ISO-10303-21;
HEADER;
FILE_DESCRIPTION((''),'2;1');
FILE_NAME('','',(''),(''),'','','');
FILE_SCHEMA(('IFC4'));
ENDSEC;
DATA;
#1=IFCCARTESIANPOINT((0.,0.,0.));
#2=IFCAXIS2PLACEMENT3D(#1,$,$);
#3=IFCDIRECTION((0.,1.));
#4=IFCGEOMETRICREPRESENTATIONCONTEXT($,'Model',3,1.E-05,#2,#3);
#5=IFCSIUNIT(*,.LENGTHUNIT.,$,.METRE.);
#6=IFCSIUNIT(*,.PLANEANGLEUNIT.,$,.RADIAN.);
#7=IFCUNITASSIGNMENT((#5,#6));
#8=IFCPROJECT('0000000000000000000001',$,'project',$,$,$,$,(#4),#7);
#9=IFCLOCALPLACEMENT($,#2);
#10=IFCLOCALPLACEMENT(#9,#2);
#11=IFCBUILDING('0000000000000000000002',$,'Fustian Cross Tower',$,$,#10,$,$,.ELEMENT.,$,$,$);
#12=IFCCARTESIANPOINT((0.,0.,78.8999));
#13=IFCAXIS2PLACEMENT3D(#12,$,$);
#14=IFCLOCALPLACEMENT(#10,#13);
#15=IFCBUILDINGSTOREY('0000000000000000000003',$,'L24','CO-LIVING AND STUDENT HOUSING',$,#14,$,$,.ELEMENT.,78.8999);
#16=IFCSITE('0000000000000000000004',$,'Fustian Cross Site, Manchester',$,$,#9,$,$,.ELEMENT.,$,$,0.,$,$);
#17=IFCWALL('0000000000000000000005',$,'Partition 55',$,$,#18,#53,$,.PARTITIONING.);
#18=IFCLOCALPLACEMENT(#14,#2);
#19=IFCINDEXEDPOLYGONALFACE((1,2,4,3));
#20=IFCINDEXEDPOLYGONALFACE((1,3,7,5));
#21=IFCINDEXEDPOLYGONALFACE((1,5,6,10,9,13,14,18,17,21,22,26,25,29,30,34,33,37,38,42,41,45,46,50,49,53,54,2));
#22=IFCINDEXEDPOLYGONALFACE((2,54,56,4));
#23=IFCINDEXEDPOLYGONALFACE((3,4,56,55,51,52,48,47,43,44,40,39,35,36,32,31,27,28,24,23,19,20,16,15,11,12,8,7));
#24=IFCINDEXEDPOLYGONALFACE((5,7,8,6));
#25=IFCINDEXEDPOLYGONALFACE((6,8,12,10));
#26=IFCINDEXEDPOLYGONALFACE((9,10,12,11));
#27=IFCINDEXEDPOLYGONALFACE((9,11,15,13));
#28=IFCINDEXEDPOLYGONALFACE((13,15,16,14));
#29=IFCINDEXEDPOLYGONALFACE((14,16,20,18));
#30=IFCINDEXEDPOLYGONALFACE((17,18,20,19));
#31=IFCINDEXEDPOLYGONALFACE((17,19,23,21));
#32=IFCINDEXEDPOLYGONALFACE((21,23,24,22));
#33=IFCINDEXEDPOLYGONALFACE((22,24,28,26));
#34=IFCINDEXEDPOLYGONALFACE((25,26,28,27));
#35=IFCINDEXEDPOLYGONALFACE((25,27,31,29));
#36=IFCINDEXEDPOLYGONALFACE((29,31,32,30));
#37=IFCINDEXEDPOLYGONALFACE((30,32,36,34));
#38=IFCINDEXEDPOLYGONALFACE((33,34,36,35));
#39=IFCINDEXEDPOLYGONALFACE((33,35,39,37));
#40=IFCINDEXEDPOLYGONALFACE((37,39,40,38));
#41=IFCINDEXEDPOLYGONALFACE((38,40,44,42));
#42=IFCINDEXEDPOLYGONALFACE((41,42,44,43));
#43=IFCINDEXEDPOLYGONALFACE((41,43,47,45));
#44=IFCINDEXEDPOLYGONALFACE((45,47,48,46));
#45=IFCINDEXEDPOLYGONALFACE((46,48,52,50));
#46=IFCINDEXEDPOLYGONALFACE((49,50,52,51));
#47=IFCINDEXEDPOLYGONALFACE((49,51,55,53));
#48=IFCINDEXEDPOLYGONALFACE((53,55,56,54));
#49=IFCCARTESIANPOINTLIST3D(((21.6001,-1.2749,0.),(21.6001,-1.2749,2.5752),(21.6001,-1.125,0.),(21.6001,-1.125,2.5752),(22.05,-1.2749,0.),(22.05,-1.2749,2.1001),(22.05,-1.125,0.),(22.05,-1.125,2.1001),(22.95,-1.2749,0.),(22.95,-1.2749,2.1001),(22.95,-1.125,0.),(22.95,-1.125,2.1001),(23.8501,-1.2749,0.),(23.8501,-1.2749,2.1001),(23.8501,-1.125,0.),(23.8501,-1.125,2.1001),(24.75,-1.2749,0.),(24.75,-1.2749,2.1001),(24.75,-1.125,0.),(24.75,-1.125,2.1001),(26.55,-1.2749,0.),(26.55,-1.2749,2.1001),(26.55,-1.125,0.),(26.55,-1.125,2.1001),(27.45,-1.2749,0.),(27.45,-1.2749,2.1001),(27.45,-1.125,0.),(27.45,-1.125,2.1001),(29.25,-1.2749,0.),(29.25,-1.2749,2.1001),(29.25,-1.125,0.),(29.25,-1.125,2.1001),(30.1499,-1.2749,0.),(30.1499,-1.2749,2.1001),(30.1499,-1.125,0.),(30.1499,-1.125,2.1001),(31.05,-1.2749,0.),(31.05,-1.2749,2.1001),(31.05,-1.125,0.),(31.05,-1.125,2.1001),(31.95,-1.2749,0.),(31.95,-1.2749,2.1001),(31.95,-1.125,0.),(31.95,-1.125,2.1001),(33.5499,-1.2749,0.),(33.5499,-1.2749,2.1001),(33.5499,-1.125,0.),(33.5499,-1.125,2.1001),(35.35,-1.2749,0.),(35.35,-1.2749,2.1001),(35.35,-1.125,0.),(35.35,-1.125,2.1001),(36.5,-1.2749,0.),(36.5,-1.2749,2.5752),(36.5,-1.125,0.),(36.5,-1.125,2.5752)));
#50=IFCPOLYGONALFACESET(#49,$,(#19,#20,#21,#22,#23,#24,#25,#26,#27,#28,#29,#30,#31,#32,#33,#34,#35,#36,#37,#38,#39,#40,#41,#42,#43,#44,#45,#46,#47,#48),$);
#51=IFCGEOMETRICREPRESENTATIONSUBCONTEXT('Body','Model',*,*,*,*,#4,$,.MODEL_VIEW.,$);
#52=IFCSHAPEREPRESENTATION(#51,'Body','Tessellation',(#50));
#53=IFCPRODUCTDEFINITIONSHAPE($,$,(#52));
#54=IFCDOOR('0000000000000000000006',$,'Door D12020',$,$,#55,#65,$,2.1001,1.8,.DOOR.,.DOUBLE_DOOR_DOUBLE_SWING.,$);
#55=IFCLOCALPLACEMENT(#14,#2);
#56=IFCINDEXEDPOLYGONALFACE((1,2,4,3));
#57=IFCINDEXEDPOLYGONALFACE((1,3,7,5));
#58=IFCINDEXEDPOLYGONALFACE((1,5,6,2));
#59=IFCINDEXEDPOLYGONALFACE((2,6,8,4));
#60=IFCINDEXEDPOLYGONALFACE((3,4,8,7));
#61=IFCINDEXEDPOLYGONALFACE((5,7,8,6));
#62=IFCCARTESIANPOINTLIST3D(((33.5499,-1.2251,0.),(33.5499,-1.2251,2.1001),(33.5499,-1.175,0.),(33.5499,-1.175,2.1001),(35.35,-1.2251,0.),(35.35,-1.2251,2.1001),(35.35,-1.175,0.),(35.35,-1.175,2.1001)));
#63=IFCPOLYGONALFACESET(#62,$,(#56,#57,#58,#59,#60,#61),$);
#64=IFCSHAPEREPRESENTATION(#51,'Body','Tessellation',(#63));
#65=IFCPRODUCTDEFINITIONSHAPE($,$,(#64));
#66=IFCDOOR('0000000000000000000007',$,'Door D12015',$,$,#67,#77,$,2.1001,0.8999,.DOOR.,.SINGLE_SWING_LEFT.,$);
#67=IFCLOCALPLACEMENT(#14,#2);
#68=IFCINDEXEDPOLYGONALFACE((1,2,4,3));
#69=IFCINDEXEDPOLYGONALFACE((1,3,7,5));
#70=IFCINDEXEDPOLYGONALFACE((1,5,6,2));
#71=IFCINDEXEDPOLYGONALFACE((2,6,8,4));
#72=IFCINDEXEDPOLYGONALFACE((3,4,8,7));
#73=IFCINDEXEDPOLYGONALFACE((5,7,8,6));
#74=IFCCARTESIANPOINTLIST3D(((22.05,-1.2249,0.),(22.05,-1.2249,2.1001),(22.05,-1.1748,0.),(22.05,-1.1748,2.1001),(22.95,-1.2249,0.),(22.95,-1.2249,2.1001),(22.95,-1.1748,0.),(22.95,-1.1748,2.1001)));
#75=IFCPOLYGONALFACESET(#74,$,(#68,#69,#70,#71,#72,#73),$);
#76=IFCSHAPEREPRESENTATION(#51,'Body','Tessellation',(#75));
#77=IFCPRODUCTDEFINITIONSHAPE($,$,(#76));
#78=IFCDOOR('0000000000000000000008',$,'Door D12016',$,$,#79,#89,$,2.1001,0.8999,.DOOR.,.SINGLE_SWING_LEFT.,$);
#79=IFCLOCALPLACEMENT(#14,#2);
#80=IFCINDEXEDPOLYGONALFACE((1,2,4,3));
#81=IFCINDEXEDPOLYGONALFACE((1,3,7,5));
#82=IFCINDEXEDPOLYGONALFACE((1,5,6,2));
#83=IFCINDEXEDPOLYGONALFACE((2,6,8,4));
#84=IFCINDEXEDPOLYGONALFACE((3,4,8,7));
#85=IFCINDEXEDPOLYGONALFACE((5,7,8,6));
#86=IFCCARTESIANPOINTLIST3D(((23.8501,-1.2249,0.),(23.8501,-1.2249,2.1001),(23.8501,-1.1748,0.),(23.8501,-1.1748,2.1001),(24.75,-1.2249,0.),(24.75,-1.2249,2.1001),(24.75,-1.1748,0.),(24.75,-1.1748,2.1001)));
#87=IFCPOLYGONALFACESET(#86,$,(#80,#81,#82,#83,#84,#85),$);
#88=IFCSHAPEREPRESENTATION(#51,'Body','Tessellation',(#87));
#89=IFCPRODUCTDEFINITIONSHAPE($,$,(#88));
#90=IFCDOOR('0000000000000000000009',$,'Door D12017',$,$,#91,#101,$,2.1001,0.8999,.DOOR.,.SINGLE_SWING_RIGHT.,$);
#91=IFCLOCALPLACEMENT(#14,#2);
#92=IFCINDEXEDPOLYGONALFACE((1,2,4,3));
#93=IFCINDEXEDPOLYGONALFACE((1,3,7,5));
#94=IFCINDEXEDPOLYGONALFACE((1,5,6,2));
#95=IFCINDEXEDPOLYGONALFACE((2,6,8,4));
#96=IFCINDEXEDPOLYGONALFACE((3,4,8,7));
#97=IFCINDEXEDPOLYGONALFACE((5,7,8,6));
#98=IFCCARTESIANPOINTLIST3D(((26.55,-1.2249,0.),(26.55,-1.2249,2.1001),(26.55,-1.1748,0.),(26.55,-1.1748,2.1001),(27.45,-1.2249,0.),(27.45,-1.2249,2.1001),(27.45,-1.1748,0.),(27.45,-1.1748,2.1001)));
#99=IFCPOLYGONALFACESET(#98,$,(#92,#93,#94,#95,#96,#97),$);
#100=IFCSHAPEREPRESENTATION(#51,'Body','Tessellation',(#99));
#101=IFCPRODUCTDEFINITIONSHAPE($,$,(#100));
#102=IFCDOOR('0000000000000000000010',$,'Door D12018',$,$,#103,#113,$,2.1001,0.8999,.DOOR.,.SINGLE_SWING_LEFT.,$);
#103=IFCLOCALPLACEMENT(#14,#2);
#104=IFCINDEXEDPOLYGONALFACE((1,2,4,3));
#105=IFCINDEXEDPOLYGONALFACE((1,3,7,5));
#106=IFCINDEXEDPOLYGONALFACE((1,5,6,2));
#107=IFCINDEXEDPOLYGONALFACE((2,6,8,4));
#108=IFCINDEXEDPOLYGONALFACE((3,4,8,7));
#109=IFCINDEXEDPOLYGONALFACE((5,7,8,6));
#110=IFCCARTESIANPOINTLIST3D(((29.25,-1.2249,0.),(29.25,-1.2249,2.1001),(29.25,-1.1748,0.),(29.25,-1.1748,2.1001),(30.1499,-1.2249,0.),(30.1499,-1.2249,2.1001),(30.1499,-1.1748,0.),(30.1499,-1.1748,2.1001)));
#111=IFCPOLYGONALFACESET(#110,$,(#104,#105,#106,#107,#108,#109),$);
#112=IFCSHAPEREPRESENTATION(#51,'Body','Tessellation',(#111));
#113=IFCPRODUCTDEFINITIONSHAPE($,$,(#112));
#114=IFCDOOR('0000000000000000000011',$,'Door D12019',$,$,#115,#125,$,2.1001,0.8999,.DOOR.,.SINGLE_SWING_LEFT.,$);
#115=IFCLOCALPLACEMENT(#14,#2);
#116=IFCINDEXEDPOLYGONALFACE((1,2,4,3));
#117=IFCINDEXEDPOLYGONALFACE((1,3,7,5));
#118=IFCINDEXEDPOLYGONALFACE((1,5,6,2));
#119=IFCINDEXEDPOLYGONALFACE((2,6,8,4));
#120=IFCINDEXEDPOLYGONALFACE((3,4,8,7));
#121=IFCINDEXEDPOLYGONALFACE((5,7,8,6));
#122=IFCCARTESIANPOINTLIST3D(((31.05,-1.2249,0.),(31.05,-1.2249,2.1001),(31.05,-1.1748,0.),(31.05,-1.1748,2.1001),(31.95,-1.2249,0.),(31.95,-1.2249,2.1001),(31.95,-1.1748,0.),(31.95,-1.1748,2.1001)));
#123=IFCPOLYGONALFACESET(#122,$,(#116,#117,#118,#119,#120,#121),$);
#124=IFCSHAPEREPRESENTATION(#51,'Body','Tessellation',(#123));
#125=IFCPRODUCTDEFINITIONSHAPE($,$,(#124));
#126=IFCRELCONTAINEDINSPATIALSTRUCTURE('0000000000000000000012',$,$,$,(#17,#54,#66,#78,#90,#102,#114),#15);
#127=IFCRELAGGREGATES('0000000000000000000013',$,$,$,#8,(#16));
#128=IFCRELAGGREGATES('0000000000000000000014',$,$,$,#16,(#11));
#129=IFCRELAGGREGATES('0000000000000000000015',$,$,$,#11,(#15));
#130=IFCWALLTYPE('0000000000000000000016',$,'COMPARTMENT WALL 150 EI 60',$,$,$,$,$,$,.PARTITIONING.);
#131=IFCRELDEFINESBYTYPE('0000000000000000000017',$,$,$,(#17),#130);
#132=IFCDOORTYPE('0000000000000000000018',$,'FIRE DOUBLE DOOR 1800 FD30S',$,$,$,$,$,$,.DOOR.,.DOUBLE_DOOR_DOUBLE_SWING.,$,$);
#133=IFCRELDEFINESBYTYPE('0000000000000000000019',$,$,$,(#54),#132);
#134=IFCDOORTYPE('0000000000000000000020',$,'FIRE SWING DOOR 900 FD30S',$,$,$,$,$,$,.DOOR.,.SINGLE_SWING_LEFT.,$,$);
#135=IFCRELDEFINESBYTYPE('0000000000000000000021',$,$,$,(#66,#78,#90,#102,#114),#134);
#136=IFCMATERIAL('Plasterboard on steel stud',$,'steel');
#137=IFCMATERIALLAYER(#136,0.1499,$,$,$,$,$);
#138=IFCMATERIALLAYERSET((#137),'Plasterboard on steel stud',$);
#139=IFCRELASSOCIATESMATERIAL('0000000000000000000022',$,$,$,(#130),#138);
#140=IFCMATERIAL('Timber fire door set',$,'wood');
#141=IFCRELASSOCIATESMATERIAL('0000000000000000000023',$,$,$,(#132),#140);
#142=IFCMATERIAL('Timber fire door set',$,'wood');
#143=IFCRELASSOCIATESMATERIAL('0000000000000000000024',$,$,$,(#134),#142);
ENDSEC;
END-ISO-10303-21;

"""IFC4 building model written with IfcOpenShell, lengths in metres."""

from ifc_helpers import new_model, si_unit, direction, frame, frame_2d, origin, place, context, subcontext, project, spatial, rectangle, extrude, material, layer, layer_set, type_object, element, fill, save


model = new_model("IFC4")

# Units and contexts
model_context = context("Model", 3, precision=1e-05, world=origin(), true_north=direction((0.0, 1.0)))
body_context = subcontext(model_context, "Body", "Model", "MODEL_VIEW")
ifc_project = project(units=[si_unit("LENGTHUNIT", "METRE"), si_unit("PLANEANGLEUNIT", "RADIAN")], contexts=[model_context])

# Site, building, storey
site_placement = place(None, origin())
site = spatial("IfcSite", under=ifc_project, at=site_placement, Name="Fustian Cross Site, Manchester", CompositionType="ELEMENT", RefElevation=0.0)
building_placement = place(site_placement, origin())
building = spatial("IfcBuilding", under=site, at=building_placement, Name="Fustian Cross Tower", CompositionType="ELEMENT")
storey_placement = place(building_placement, frame((0.0, 0.0, 78.8999)))
storey = spatial("IfcBuildingStorey", under=building, at=storey_placement, Name="L24", Description="CO-LIVING AND STUDENT HOUSING", CompositionType="ELEMENT", Elevation=78.8999)

# Wall, openings, doors
ifc_material_1 = material(Name="Plasterboard on steel stud", Category="steel")
ifc_layer_1 = layer(ifc_material_1, 0.1499)
ifc_layer_set_1 = layer_set([ifc_layer_1], Name="Plasterboard on steel stud")
wall_type_1 = type_object("IfcWallType", Name="COMPARTMENT WALL 150 EI 60", PredefinedType="PARTITIONING", material=ifc_layer_set_1)
wall_1_placement = place(storey_placement, frame((21.6001, -1.2, 0.0), z_axis=(0.0, 0.0, 1.0), x_axis=(1.0, 0.0, 0.0)))
wall_1 = element("IfcWall", 1, at=wall_1_placement, inside=storey, type_object=wall_type_1, Name="Partition 55", PredefinedType="PARTITIONING", context=body_context, shape_type="SweptSolid", body=[
    extrude(rectangle(XDim=14.8999, YDim=0.1499, at=frame_2d((7.45, 0.0))), origin(), (0.0, 0.0, 1.0), 2.5752),
])
opening_1_placement = place(wall_1_placement, frame((0.45, 0.0, 0.0)))
opening_1 = element("IfcOpeningElement", 2, at=opening_1_placement, cuts=wall_1, PredefinedType="OPENING", context=body_context, shape_type="SweptSolid", body=[
    extrude(rectangle(XDim=0.8999, YDim=2.1001, at=frame_2d((0.45, 1.05))), frame((0.0, 0.085, 0.0), z_axis=(0.0, -1.0, 0.0), x_axis=(1.0, 0.0, 0.0)), (0.0, 0.0, 1.0), 0.1699),
])
opening_2_placement = place(wall_1_placement, frame((2.25, 0.0, 0.0)))
opening_2 = element("IfcOpeningElement", 3, at=opening_2_placement, cuts=wall_1, PredefinedType="OPENING", context=body_context, shape_type="SweptSolid", body=[
    extrude(rectangle(XDim=0.8999, YDim=2.1001, at=frame_2d((0.45, 1.05))), frame((0.0, 0.085, 0.0), z_axis=(0.0, -1.0, 0.0), x_axis=(1.0, 0.0, 0.0)), (0.0, 0.0, 1.0), 0.1699),
])
opening_3_placement = place(wall_1_placement, frame((4.95, 0.0, 0.0)))
opening_3 = element("IfcOpeningElement", 4, at=opening_3_placement, cuts=wall_1, PredefinedType="OPENING", context=body_context, shape_type="SweptSolid", body=[
    extrude(rectangle(XDim=0.8999, YDim=2.1001, at=frame_2d((0.45, 1.05))), frame((0.0, 0.085, 0.0), z_axis=(0.0, -1.0, 0.0), x_axis=(1.0, 0.0, 0.0)), (0.0, 0.0, 1.0), 0.1699),
])
opening_4_placement = place(wall_1_placement, frame((7.6499, 0.0, 0.0)))
opening_4 = element("IfcOpeningElement", 5, at=opening_4_placement, cuts=wall_1, PredefinedType="OPENING", context=body_context, shape_type="SweptSolid", body=[
    extrude(rectangle(XDim=0.8999, YDim=2.1001, at=frame_2d((0.45, 1.05))), frame((0.0, 0.085, 0.0), z_axis=(0.0, -1.0, 0.0), x_axis=(1.0, 0.0, 0.0)), (0.0, 0.0, 1.0), 0.1699),
])
opening_5_placement = place(wall_1_placement, frame((9.45, 0.0, 0.0)))
opening_5 = element("IfcOpeningElement", 6, at=opening_5_placement, cuts=wall_1, PredefinedType="OPENING", context=body_context, shape_type="SweptSolid", body=[
    extrude(rectangle(XDim=0.8999, YDim=2.1001, at=frame_2d((0.45, 1.05))), frame((0.0, 0.085, 0.0), z_axis=(0.0, -1.0, 0.0), x_axis=(1.0, 0.0, 0.0)), (0.0, 0.0, 1.0), 0.1699),
])
opening_6_placement = place(wall_1_placement, frame((11.95, 0.0, 0.0)))
opening_6 = element("IfcOpeningElement", 7, at=opening_6_placement, cuts=wall_1, PredefinedType="OPENING", context=body_context, shape_type="SweptSolid", body=[
    extrude(rectangle(XDim=1.8, YDim=2.1001, at=frame_2d((0.8999, 1.05))), frame((0.0, 0.085, 0.0), z_axis=(0.0, -1.0, 0.0), x_axis=(1.0, 0.0, 0.0)), (0.0, 0.0, 1.0), 0.1699),
])
ifc_material_2 = material(Name="Timber fire door set", Category="wood")
door_type_1 = type_object("IfcDoorType", Name="FIRE DOUBLE DOOR 1800 FD30S", OperationType="DOUBLE_DOOR_DOUBLE_SWING", PredefinedType="DOOR", material=ifc_material_2)
door_1_placement = place(opening_6_placement, origin())
door_1 = element("IfcDoor", 8, at=door_1_placement, inside=storey, type_object=door_type_1, Name="Door D12020", OperationType="DOUBLE_DOOR_DOUBLE_SWING", OverallHeight=2.1001, OverallWidth=1.8, PredefinedType="DOOR", context=body_context, shape_type="SweptSolid", body=[
    extrude(rectangle(XDim=1.8, YDim=2.1001, at=frame_2d((0.8999, 1.05))), frame((0.0, 0.0249, 0.0), z_axis=(0.0, -1.0, 0.0), x_axis=(1.0, 0.0, 0.0)), (0.0, 0.0, 1.0), 0.05),
])
fill(opening_6, door_1)
ifc_material_3 = material(Name="Timber fire door set", Category="wood")
door_type_2 = type_object("IfcDoorType", Name="FIRE SWING DOOR 900 FD30S", OperationType="SINGLE_SWING_LEFT", PredefinedType="DOOR", material=ifc_material_3)
door_2_placement = place(opening_1_placement, frame((0.8999, 0.0, 0.0), z_axis=(0.0, 0.0, 1.0), x_axis=(-1.0, 0.0, 0.0)))
door_2 = element("IfcDoor", 9, at=door_2_placement, inside=storey, type_object=door_type_2, Name="Door D12015", OperationType="SINGLE_SWING_LEFT", OverallHeight=2.1001, OverallWidth=0.8999, PredefinedType="DOOR", context=body_context, shape_type="SweptSolid", body=[
    extrude(rectangle(XDim=0.8999, YDim=2.1001, at=frame_2d((0.45, 1.05))), frame((0.0, 0.0249, 0.0), z_axis=(0.0, -1.0, 0.0), x_axis=(1.0, 0.0, 0.0)), (0.0, 0.0, 1.0), 0.05),
])
fill(opening_1, door_2)
door_3_placement = place(opening_2_placement, frame((0.8999, 0.0, 0.0), z_axis=(0.0, 0.0, 1.0), x_axis=(-1.0, 0.0, 0.0)))
door_3 = element("IfcDoor", 10, at=door_3_placement, inside=storey, type_object=door_type_2, Name="Door D12016", OperationType="SINGLE_SWING_LEFT", OverallHeight=2.1001, OverallWidth=0.8999, PredefinedType="DOOR", context=body_context, shape_type="SweptSolid", body=[
    extrude(rectangle(XDim=0.8999, YDim=2.1001, at=frame_2d((0.45, 1.05))), frame((0.0, 0.0249, 0.0), z_axis=(0.0, -1.0, 0.0), x_axis=(1.0, 0.0, 0.0)), (0.0, 0.0, 1.0), 0.05),
])
fill(opening_2, door_3)
door_4_placement = place(opening_3_placement, frame((0.8999, 0.0, 0.0), z_axis=(0.0, 0.0, 1.0), x_axis=(-1.0, 0.0, 0.0)))
door_4 = element("IfcDoor", 11, at=door_4_placement, inside=storey, type_object=door_type_2, Name="Door D12017", OperationType="SINGLE_SWING_RIGHT", OverallHeight=2.1001, OverallWidth=0.8999, PredefinedType="DOOR", context=body_context, shape_type="SweptSolid", body=[
    extrude(rectangle(XDim=0.8999, YDim=2.1001, at=frame_2d((0.45, 1.05))), frame((0.0, 0.0249, 0.0), z_axis=(0.0, -1.0, 0.0), x_axis=(1.0, 0.0, 0.0)), (0.0, 0.0, 1.0), 0.05),
])
fill(opening_3, door_4)
door_5_placement = place(opening_4_placement, frame((0.8999, 0.0, 0.0), z_axis=(0.0, 0.0, 1.0), x_axis=(-1.0, 0.0, 0.0)))
door_5 = element("IfcDoor", 12, at=door_5_placement, inside=storey, type_object=door_type_2, Name="Door D12018", OperationType="SINGLE_SWING_LEFT", OverallHeight=2.1001, OverallWidth=0.8999, PredefinedType="DOOR", context=body_context, shape_type="SweptSolid", body=[
    extrude(rectangle(XDim=0.8999, YDim=2.1001, at=frame_2d((0.45, 1.05))), frame((0.0, 0.0249, 0.0), z_axis=(0.0, -1.0, 0.0), x_axis=(1.0, 0.0, 0.0)), (0.0, 0.0, 1.0), 0.05),
])
fill(opening_4, door_5)
door_6_placement = place(opening_5_placement, frame((0.8999, 0.0, 0.0), z_axis=(0.0, 0.0, 1.0), x_axis=(-1.0, 0.0, 0.0)))
door_6 = element("IfcDoor", 13, at=door_6_placement, inside=storey, type_object=door_type_2, Name="Door D12019", OperationType="SINGLE_SWING_LEFT", OverallHeight=2.1001, OverallWidth=0.8999, PredefinedType="DOOR", context=body_context, shape_type="SweptSolid", body=[
    extrude(rectangle(XDim=0.8999, YDim=2.1001, at=frame_2d((0.45, 1.05))), frame((0.0, 0.0249, 0.0), z_axis=(0.0, -1.0, 0.0), x_axis=(1.0, 0.0, 0.0)), (0.0, 0.0, 1.0), 0.05),
])
fill(opening_5, door_6)

save(model, "model.ifc")
